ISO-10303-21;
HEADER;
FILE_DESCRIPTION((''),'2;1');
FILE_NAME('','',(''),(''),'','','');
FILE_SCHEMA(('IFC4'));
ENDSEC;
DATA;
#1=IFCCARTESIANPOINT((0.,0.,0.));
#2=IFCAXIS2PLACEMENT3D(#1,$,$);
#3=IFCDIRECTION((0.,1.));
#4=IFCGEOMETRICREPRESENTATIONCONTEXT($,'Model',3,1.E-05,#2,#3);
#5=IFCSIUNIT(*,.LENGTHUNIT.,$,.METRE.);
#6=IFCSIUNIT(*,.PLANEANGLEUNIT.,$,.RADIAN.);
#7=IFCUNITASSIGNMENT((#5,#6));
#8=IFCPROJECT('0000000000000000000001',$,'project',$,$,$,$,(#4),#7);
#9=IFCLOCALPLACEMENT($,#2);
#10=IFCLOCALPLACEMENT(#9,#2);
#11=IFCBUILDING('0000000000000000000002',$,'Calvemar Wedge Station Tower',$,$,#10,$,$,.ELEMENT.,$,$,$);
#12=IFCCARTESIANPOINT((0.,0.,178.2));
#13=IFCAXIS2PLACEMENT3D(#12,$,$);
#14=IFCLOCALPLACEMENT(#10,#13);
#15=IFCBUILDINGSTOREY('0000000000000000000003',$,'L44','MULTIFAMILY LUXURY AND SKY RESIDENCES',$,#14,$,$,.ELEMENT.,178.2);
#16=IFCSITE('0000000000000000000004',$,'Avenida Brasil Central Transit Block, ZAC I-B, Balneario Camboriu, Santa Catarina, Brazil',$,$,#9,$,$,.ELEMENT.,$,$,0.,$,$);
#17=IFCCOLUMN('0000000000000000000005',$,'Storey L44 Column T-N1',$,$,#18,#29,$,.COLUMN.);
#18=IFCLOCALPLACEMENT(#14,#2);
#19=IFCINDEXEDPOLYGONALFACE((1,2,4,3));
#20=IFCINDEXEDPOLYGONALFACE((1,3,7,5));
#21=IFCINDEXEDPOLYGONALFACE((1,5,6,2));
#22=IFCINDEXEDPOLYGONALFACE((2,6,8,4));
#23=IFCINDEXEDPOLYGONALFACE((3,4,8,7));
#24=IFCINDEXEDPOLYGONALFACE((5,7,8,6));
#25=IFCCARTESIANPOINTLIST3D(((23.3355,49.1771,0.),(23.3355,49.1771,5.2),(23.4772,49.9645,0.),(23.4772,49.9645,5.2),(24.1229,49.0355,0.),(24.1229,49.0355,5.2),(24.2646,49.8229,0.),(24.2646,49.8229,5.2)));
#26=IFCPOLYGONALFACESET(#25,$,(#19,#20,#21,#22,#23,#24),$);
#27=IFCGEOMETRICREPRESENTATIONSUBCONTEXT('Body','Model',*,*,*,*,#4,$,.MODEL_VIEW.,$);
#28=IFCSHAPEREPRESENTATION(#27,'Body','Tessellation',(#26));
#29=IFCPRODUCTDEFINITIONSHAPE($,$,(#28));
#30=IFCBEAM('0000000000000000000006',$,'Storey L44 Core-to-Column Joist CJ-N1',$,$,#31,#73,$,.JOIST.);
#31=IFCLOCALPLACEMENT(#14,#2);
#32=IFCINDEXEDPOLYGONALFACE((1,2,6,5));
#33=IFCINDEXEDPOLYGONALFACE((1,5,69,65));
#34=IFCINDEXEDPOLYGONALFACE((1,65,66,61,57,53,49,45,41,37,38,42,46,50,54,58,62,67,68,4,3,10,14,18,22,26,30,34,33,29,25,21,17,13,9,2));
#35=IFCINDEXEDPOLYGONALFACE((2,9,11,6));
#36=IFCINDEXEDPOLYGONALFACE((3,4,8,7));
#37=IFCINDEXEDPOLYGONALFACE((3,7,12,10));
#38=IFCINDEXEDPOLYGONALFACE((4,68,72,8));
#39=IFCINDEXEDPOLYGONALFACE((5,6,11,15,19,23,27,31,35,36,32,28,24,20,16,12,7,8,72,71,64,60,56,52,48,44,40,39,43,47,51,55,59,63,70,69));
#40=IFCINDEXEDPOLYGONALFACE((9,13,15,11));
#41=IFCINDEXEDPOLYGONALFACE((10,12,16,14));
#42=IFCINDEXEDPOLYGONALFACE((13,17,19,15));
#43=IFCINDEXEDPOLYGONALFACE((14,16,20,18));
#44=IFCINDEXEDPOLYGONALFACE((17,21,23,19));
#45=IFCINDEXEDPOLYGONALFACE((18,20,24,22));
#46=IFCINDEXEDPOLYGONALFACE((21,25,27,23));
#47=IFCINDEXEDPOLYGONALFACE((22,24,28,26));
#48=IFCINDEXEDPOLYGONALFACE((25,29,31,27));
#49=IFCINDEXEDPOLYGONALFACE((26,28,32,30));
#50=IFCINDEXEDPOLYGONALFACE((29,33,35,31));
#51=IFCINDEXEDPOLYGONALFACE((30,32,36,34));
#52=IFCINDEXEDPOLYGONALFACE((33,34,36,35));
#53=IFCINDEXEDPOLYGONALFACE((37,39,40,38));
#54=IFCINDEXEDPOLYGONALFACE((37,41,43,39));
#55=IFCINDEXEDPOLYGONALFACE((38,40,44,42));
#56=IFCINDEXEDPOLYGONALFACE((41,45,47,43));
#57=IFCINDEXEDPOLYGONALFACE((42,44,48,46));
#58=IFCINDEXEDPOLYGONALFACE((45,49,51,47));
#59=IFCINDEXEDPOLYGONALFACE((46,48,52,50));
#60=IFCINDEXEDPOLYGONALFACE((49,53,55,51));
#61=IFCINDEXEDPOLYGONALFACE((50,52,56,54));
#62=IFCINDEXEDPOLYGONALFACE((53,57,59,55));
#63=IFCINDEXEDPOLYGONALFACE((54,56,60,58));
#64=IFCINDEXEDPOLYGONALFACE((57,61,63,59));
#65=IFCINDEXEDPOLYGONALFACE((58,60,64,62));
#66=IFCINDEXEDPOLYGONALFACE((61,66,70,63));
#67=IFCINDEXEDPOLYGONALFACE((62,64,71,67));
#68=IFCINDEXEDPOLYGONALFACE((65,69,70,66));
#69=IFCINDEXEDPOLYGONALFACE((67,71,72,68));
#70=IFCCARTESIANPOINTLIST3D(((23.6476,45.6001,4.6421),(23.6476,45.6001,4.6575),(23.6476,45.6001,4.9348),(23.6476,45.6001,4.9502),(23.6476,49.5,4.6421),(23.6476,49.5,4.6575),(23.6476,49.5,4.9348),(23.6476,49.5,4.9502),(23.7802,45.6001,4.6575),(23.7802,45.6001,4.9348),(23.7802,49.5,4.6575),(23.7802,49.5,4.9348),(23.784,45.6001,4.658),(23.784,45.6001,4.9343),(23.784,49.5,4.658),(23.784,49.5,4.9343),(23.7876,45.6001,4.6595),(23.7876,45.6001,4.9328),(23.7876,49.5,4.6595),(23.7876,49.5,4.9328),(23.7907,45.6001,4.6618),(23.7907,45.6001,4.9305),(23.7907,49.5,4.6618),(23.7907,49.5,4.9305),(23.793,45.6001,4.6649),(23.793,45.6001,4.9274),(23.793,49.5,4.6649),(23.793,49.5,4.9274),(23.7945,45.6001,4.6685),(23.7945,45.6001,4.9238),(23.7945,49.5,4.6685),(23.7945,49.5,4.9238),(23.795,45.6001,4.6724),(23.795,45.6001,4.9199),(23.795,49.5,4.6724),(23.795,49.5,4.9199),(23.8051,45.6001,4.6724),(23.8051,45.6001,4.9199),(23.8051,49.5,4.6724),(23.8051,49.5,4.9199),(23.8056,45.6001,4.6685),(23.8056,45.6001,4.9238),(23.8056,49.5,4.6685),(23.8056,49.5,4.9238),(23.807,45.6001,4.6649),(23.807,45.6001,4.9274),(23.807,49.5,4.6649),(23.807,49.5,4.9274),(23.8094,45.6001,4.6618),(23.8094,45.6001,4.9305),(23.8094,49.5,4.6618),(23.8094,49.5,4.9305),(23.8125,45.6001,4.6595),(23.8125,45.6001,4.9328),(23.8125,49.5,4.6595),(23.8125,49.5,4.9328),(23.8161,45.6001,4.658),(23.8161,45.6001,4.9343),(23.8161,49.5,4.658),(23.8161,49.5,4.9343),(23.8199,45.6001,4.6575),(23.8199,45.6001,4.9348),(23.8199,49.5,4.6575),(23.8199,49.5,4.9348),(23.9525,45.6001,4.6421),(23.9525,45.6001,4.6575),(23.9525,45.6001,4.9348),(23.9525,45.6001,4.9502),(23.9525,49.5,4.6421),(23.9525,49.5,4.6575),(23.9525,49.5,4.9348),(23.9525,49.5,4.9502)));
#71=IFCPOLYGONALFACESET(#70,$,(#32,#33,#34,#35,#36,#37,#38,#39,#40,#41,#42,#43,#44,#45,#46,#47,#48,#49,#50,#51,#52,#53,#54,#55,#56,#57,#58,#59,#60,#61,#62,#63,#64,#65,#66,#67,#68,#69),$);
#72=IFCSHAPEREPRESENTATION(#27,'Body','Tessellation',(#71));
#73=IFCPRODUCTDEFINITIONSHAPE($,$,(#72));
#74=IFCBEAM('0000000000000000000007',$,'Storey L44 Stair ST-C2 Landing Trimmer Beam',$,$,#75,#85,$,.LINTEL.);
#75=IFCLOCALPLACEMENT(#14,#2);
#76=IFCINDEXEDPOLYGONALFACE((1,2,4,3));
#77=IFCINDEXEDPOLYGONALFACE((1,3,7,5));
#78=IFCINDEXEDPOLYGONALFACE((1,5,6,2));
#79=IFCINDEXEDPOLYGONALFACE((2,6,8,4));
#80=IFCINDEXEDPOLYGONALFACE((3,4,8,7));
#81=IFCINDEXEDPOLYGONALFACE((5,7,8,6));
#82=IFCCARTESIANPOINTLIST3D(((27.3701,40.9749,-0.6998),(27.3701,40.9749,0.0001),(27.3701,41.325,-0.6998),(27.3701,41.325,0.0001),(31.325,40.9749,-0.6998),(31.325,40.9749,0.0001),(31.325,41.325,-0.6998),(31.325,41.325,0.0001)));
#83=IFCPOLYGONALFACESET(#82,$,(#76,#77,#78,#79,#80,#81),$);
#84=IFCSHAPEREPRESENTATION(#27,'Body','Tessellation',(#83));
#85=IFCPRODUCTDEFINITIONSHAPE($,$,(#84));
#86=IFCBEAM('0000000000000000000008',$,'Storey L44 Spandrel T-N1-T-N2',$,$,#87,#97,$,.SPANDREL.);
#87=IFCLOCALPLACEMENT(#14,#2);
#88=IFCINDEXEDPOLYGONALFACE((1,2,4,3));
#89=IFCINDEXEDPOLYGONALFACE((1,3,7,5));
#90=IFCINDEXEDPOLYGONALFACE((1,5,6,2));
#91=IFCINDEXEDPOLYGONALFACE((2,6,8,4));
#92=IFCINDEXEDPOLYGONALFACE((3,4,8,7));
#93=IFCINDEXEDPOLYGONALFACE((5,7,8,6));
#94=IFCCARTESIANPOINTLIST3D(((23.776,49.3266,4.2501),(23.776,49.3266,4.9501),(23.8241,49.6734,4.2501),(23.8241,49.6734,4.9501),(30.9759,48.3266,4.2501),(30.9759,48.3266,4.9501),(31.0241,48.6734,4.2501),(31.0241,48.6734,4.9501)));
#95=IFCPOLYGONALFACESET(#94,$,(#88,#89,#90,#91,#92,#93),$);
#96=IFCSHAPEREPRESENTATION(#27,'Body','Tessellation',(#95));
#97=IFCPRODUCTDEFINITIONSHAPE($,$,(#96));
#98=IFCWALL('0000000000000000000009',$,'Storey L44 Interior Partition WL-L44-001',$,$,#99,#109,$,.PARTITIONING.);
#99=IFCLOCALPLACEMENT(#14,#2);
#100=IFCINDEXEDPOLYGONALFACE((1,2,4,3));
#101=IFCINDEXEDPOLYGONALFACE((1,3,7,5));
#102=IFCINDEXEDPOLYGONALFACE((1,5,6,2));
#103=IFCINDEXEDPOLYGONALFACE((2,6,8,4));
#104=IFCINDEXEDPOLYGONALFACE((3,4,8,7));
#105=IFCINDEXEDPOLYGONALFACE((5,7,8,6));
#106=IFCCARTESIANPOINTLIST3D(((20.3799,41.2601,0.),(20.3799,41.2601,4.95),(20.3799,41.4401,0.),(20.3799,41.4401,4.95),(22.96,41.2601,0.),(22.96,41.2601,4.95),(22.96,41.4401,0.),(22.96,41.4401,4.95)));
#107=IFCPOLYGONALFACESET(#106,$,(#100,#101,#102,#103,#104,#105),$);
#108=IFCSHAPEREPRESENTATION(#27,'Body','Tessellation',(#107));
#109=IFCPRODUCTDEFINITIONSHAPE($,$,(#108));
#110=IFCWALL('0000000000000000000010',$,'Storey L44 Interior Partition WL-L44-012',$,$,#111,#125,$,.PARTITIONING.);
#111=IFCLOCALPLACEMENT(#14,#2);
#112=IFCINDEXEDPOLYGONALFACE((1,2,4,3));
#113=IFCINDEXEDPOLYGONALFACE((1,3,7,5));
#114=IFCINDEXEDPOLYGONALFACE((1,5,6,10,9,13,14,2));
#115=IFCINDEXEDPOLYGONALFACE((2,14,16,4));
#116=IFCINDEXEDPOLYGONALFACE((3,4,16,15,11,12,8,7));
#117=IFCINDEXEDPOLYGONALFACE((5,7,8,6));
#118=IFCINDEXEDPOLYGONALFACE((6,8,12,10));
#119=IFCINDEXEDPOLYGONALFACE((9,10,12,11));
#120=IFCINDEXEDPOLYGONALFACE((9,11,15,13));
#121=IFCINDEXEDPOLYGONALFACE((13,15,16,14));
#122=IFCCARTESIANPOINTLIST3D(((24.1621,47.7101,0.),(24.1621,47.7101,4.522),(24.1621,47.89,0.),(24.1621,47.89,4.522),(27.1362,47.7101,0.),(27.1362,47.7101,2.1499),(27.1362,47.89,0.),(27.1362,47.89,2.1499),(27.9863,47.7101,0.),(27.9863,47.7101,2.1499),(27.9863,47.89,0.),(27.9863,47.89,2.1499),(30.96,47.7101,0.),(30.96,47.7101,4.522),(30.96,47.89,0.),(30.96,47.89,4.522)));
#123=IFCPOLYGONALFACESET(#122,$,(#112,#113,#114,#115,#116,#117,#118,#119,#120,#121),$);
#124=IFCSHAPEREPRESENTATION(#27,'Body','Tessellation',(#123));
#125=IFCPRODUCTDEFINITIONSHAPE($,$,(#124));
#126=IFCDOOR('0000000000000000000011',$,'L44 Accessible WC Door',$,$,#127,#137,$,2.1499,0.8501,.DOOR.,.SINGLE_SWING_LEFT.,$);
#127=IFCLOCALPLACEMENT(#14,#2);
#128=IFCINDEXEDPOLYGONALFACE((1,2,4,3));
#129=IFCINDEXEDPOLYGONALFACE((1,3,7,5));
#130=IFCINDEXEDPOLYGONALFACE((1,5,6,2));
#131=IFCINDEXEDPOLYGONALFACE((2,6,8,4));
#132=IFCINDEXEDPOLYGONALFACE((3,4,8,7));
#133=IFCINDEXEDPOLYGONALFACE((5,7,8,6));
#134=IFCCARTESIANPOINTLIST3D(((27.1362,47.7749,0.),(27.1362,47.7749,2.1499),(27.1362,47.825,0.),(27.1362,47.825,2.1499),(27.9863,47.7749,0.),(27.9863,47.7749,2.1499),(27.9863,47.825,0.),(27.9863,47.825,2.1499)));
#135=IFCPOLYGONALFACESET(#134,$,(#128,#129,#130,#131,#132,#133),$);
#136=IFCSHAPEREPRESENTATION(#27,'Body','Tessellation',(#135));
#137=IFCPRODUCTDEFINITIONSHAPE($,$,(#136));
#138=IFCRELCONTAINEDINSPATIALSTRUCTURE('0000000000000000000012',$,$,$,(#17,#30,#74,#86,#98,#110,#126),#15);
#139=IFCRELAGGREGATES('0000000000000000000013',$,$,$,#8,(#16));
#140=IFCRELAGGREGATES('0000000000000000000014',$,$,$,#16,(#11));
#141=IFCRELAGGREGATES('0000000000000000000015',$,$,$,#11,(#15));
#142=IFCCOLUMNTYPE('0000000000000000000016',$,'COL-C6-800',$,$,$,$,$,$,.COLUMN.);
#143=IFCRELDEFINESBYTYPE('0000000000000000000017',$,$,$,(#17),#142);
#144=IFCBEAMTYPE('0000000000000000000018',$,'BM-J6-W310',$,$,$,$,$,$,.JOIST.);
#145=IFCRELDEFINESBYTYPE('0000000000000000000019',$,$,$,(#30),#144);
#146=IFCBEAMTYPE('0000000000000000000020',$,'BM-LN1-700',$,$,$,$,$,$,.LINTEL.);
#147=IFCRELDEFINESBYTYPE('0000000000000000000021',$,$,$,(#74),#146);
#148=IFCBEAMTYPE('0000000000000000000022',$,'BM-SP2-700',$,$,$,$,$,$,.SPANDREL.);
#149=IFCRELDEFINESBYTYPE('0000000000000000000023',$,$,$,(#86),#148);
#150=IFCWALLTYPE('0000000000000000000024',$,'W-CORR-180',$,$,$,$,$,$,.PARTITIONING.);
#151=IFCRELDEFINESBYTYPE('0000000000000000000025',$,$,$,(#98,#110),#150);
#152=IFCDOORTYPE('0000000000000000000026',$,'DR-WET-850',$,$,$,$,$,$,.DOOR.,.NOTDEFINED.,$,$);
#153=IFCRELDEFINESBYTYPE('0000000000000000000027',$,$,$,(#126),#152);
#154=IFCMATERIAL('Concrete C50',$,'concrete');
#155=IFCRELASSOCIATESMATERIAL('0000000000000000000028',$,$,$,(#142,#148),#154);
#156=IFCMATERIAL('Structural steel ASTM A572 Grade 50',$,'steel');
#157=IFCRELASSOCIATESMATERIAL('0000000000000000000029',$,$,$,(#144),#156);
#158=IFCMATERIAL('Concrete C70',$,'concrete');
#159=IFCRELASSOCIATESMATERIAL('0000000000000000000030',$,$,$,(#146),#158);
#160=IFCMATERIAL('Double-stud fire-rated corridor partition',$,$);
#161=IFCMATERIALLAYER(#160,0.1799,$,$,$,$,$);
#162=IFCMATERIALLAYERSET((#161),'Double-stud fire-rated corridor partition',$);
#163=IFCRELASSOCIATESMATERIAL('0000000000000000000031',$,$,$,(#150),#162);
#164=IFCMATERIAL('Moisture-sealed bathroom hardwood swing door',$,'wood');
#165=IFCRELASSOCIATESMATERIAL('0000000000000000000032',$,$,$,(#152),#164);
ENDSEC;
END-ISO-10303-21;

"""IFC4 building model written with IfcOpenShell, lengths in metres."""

from ifc_helpers import new_model, si_unit, direction, frame, frame_2d, origin, origin_2d, place, context, subcontext, project, spatial, rectangle, i_section, extrude, source, transform, mapped, material, layer, layer_set, material_profile, profile_set, type_object, element, fill, save


model = new_model("IFC4")

# Units and contexts
model_context = context("Model", 3, precision=1e-05, world=origin(), true_north=direction((0.0, 1.0)))
body_context = subcontext(model_context, "Body", "Model", "MODEL_VIEW")
ifc_project = project(units=[si_unit("LENGTHUNIT", "METRE"), si_unit("PLANEANGLEUNIT", "RADIAN")], contexts=[model_context])

# Site, building, storey
site_placement = place(None, origin())
site = spatial("IfcSite", under=ifc_project, at=site_placement, Name="Avenida Brasil Central Transit Block, ZAC I-B, Balneario Camboriu, Santa Catarina, Brazil", CompositionType="ELEMENT", RefElevation=0.0)
building_placement = place(site_placement, origin())
building = spatial("IfcBuilding", under=site, at=building_placement, Name="Calvemar Wedge Station Tower", CompositionType="ELEMENT")
storey_placement = place(building_placement, frame((0.0, 0.0, 178.2)))
storey = spatial("IfcBuildingStorey", under=building, at=storey_placement, Name="L44", Description="MULTIFAMILY LUXURY AND SKY RESIDENCES", CompositionType="ELEMENT", Elevation=178.2)

# Column
ifc_material_1 = material(Name="Concrete C50", Category="concrete")
ifc_material_profile_1 = material_profile(ifc_material_1, rectangle(XDim=0.8, YDim=0.8, at=origin_2d()), Name="RC800x800")
ifc_profile_set_1 = profile_set([ifc_material_profile_1], Name="Concrete C50")
column_type = type_object("IfcColumnType", Name="COL-C6-800", PredefinedType="COLUMN", material=ifc_profile_set_1)
shared_shape_1 = source(origin(), body_context, "Body", "SweptSolid", [
    extrude(rectangle(XDim=0.8, YDim=0.8, at=origin_2d()), origin(), (0.0, 0.0, 1.0), 5.2),
])
column_placement = place(storey_placement, frame((23.8, 49.5, 0.0), z_axis=(0.0, 0.0, 1.0), x_axis=(0.984196, -0.177085, 0.0)))
element("IfcColumn", 1, at=column_placement, inside=storey, type_object=column_type, Name="Storey L44 Column T-N1", PredefinedType="COLUMN", context=body_context, shape_type="MappedRepresentation", body=[
    mapped(shared_shape_1, transform((0.0, 0.0, 0.0), scale=1.0)),
])

# Beams
ifc_material_2 = material(Name="Structural steel ASTM A572 Grade 50", Category="steel")
ifc_material_profile_2 = material_profile(ifc_material_2, i_section(OverallWidth=0.3049, OverallDepth=0.3081, WebThickness=0.01, FlangeThickness=0.0154, FilletRadius=0.0149, at=origin_2d()), Name="W310x97")
ifc_profile_set_2 = profile_set([ifc_material_profile_2], Name="Structural steel ASTM A572 Grade 50")
beam_type_1 = type_object("IfcBeamType", Name="BM-J6-W310", PredefinedType="JOIST", material=ifc_profile_set_2)
shared_shape_2 = source(origin(), body_context, "Body", "SweptSolid", [
    extrude(i_section(OverallWidth=0.3049, OverallDepth=0.3081, WebThickness=0.01, FlangeThickness=0.0154, FilletRadius=0.0149, at=origin_2d()), origin(), (0.0, 0.0, 1.0), 3.8999),
])
beam_1_placement = place(storey_placement, frame((23.8, 45.6001, 4.7961), z_axis=(0.0, 1.0, 0.0), x_axis=(-1.0, 0.0, 0.0)))
element("IfcBeam", 2, at=beam_1_placement, inside=storey, type_object=beam_type_1, Name="Storey L44 Core-to-Column Joist CJ-N1", PredefinedType="JOIST", context=body_context, shape_type="MappedRepresentation", body=[
    mapped(shared_shape_2, transform((0.0, 0.0, 0.0), scale=1.0)),
])
ifc_material_3 = material(Name="Concrete C70", Category="concrete")
ifc_material_profile_3 = material_profile(ifc_material_3, rectangle(XDim=0.3501, YDim=0.7, at=origin_2d()), Name="RC350x700")
ifc_profile_set_3 = profile_set([ifc_material_profile_3], Name="Concrete C70")
beam_type_2 = type_object("IfcBeamType", Name="BM-LN1-700", PredefinedType="LINTEL", material=ifc_profile_set_3)
shared_shape_3 = source(origin(), body_context, "Body", "SweptSolid", [
    extrude(rectangle(XDim=0.3501, YDim=0.7, at=origin_2d()), origin(), (0.0, 0.0, 1.0), 3.9548),
])
beam_2_placement = place(storey_placement, frame((27.3701, 41.1499, -0.3499), z_axis=(1.0, 0.0, 0.0), x_axis=(0.0, 1.0, 0.0)))
element("IfcBeam", 3, at=beam_2_placement, inside=storey, type_object=beam_type_2, Name="Storey L44 Stair ST-C2 Landing Trimmer Beam", PredefinedType="LINTEL", context=body_context, shape_type="MappedRepresentation", body=[
    mapped(shared_shape_3, transform((0.0, 0.0, 0.0), scale=1.0)),
])
ifc_material_profile_4 = material_profile(ifc_material_1, rectangle(XDim=0.3501, YDim=0.7, at=origin_2d()), Name="RC350x700")
ifc_profile_set_4 = profile_set([ifc_material_profile_4], Name="Concrete C50")
beam_type_3 = type_object("IfcBeamType", Name="BM-SP2-700", PredefinedType="SPANDREL", material=ifc_profile_set_4)
shared_shape_4 = source(origin(), body_context, "Body", "SweptSolid", [
    extrude(rectangle(XDim=0.3501, YDim=0.7, at=origin_2d()), origin(), (0.0, 0.0, 1.0), 7.269),
])
beam_3_placement = place(storey_placement, frame((23.8, 49.5, 4.6001), z_axis=(0.990492, -0.137569, 0.0), x_axis=(0.137569, 0.990492, 0.0)))
element("IfcBeam", 4, at=beam_3_placement, inside=storey, type_object=beam_type_3, Name="Storey L44 Spandrel T-N1-T-N2", PredefinedType="SPANDREL", context=body_context, shape_type="MappedRepresentation", body=[
    mapped(shared_shape_4, transform((0.0, 0.0, 0.0), scale=1.0)),
])

# Wall
ifc_material_4 = material(Name="Double-stud fire-rated corridor partition")
ifc_layer_1 = layer(ifc_material_4, 0.1799)
ifc_layer_set_1 = layer_set([ifc_layer_1], Name="Double-stud fire-rated corridor partition")
wall_type_1 = type_object("IfcWallType", Name="W-CORR-180", PredefinedType="PARTITIONING", material=ifc_layer_set_1)
wall_1_placement = place(storey_placement, frame((22.96, 41.3501, 0.0), z_axis=(0.0, 0.0, 1.0), x_axis=(-1.0, 0.0, 0.0)))
element("IfcWall", 5, at=wall_1_placement, inside=storey, type_object=wall_type_1, Name="Storey L44 Interior Partition WL-L44-001", PredefinedType="PARTITIONING", context=body_context, shape_type="SweptSolid", body=[
    extrude(rectangle(XDim=2.5801, YDim=0.1799, at=frame_2d((1.29, 0.0))), origin(), (0.0, 0.0, 1.0), 4.95),
])

# Wall, opening, door
shared_shape_5 = source(origin(), body_context, "Body", "SweptSolid", [
    extrude(rectangle(XDim=0.8501, YDim=2.1499, at=frame_2d((0.425, 1.075))), frame((0.0, 0.1001, 0.0), z_axis=(0.0, -1.0, 0.0), x_axis=(1.0, 0.0, 0.0)), (0.0, 0.0, 1.0), 0.2),
])
wall_2_placement = place(storey_placement, frame((24.1621, 47.8, 0.0), z_axis=(0.0, 0.0, 1.0), x_axis=(1.0, 0.0, 0.0)))
wall_2 = element("IfcWall", 6, at=wall_2_placement, inside=storey, type_object=wall_type_1, Name="Storey L44 Interior Partition WL-L44-012", PredefinedType="PARTITIONING", context=body_context, shape_type="SweptSolid", body=[
    extrude(rectangle(XDim=6.7979, YDim=0.1799, at=frame_2d((3.3989, 0.0))), origin(), (0.0, 0.0, 1.0), 4.522),
])
opening_1_placement = place(wall_2_placement, frame((2.9741, 0.0, 0.0)))
opening_1 = element("IfcOpeningElement", 7, at=opening_1_placement, cuts=wall_2, PredefinedType="OPENING", context=body_context, shape_type="MappedRepresentation", body=[
    mapped(shared_shape_5, transform((0.0, 0.0, 0.0), scale=1.0)),
])
ifc_material_5 = material(Name="Moisture-sealed bathroom hardwood swing door", Category="wood")
door_type_1 = type_object("IfcDoorType", Name="DR-WET-850", OperationType="NOTDEFINED", PredefinedType="DOOR", material=ifc_material_5)
shared_shape_6 = source(origin(), body_context, "Body", "SweptSolid", [
    extrude(rectangle(XDim=0.8501, YDim=2.1499, at=frame_2d((0.425, 1.075))), frame((0.0, 0.0249, 0.0), z_axis=(0.0, -1.0, 0.0), x_axis=(1.0, 0.0, 0.0)), (0.0, 0.0, 1.0), 0.05),
])
door_1_placement = place(opening_1_placement, origin())
door_1 = element("IfcDoor", 8, at=door_1_placement, inside=storey, type_object=door_type_1, Name="L44 Accessible WC Door", OperationType="SINGLE_SWING_LEFT", OverallHeight=2.1499, OverallWidth=0.8501, PredefinedType="DOOR", context=body_context, shape_type="MappedRepresentation", body=[
    mapped(shared_shape_6, transform((0.0, 0.0, 0.0), scale=1.0)),
])
fill(opening_1, door_1)

save(model, "model.ifc")
